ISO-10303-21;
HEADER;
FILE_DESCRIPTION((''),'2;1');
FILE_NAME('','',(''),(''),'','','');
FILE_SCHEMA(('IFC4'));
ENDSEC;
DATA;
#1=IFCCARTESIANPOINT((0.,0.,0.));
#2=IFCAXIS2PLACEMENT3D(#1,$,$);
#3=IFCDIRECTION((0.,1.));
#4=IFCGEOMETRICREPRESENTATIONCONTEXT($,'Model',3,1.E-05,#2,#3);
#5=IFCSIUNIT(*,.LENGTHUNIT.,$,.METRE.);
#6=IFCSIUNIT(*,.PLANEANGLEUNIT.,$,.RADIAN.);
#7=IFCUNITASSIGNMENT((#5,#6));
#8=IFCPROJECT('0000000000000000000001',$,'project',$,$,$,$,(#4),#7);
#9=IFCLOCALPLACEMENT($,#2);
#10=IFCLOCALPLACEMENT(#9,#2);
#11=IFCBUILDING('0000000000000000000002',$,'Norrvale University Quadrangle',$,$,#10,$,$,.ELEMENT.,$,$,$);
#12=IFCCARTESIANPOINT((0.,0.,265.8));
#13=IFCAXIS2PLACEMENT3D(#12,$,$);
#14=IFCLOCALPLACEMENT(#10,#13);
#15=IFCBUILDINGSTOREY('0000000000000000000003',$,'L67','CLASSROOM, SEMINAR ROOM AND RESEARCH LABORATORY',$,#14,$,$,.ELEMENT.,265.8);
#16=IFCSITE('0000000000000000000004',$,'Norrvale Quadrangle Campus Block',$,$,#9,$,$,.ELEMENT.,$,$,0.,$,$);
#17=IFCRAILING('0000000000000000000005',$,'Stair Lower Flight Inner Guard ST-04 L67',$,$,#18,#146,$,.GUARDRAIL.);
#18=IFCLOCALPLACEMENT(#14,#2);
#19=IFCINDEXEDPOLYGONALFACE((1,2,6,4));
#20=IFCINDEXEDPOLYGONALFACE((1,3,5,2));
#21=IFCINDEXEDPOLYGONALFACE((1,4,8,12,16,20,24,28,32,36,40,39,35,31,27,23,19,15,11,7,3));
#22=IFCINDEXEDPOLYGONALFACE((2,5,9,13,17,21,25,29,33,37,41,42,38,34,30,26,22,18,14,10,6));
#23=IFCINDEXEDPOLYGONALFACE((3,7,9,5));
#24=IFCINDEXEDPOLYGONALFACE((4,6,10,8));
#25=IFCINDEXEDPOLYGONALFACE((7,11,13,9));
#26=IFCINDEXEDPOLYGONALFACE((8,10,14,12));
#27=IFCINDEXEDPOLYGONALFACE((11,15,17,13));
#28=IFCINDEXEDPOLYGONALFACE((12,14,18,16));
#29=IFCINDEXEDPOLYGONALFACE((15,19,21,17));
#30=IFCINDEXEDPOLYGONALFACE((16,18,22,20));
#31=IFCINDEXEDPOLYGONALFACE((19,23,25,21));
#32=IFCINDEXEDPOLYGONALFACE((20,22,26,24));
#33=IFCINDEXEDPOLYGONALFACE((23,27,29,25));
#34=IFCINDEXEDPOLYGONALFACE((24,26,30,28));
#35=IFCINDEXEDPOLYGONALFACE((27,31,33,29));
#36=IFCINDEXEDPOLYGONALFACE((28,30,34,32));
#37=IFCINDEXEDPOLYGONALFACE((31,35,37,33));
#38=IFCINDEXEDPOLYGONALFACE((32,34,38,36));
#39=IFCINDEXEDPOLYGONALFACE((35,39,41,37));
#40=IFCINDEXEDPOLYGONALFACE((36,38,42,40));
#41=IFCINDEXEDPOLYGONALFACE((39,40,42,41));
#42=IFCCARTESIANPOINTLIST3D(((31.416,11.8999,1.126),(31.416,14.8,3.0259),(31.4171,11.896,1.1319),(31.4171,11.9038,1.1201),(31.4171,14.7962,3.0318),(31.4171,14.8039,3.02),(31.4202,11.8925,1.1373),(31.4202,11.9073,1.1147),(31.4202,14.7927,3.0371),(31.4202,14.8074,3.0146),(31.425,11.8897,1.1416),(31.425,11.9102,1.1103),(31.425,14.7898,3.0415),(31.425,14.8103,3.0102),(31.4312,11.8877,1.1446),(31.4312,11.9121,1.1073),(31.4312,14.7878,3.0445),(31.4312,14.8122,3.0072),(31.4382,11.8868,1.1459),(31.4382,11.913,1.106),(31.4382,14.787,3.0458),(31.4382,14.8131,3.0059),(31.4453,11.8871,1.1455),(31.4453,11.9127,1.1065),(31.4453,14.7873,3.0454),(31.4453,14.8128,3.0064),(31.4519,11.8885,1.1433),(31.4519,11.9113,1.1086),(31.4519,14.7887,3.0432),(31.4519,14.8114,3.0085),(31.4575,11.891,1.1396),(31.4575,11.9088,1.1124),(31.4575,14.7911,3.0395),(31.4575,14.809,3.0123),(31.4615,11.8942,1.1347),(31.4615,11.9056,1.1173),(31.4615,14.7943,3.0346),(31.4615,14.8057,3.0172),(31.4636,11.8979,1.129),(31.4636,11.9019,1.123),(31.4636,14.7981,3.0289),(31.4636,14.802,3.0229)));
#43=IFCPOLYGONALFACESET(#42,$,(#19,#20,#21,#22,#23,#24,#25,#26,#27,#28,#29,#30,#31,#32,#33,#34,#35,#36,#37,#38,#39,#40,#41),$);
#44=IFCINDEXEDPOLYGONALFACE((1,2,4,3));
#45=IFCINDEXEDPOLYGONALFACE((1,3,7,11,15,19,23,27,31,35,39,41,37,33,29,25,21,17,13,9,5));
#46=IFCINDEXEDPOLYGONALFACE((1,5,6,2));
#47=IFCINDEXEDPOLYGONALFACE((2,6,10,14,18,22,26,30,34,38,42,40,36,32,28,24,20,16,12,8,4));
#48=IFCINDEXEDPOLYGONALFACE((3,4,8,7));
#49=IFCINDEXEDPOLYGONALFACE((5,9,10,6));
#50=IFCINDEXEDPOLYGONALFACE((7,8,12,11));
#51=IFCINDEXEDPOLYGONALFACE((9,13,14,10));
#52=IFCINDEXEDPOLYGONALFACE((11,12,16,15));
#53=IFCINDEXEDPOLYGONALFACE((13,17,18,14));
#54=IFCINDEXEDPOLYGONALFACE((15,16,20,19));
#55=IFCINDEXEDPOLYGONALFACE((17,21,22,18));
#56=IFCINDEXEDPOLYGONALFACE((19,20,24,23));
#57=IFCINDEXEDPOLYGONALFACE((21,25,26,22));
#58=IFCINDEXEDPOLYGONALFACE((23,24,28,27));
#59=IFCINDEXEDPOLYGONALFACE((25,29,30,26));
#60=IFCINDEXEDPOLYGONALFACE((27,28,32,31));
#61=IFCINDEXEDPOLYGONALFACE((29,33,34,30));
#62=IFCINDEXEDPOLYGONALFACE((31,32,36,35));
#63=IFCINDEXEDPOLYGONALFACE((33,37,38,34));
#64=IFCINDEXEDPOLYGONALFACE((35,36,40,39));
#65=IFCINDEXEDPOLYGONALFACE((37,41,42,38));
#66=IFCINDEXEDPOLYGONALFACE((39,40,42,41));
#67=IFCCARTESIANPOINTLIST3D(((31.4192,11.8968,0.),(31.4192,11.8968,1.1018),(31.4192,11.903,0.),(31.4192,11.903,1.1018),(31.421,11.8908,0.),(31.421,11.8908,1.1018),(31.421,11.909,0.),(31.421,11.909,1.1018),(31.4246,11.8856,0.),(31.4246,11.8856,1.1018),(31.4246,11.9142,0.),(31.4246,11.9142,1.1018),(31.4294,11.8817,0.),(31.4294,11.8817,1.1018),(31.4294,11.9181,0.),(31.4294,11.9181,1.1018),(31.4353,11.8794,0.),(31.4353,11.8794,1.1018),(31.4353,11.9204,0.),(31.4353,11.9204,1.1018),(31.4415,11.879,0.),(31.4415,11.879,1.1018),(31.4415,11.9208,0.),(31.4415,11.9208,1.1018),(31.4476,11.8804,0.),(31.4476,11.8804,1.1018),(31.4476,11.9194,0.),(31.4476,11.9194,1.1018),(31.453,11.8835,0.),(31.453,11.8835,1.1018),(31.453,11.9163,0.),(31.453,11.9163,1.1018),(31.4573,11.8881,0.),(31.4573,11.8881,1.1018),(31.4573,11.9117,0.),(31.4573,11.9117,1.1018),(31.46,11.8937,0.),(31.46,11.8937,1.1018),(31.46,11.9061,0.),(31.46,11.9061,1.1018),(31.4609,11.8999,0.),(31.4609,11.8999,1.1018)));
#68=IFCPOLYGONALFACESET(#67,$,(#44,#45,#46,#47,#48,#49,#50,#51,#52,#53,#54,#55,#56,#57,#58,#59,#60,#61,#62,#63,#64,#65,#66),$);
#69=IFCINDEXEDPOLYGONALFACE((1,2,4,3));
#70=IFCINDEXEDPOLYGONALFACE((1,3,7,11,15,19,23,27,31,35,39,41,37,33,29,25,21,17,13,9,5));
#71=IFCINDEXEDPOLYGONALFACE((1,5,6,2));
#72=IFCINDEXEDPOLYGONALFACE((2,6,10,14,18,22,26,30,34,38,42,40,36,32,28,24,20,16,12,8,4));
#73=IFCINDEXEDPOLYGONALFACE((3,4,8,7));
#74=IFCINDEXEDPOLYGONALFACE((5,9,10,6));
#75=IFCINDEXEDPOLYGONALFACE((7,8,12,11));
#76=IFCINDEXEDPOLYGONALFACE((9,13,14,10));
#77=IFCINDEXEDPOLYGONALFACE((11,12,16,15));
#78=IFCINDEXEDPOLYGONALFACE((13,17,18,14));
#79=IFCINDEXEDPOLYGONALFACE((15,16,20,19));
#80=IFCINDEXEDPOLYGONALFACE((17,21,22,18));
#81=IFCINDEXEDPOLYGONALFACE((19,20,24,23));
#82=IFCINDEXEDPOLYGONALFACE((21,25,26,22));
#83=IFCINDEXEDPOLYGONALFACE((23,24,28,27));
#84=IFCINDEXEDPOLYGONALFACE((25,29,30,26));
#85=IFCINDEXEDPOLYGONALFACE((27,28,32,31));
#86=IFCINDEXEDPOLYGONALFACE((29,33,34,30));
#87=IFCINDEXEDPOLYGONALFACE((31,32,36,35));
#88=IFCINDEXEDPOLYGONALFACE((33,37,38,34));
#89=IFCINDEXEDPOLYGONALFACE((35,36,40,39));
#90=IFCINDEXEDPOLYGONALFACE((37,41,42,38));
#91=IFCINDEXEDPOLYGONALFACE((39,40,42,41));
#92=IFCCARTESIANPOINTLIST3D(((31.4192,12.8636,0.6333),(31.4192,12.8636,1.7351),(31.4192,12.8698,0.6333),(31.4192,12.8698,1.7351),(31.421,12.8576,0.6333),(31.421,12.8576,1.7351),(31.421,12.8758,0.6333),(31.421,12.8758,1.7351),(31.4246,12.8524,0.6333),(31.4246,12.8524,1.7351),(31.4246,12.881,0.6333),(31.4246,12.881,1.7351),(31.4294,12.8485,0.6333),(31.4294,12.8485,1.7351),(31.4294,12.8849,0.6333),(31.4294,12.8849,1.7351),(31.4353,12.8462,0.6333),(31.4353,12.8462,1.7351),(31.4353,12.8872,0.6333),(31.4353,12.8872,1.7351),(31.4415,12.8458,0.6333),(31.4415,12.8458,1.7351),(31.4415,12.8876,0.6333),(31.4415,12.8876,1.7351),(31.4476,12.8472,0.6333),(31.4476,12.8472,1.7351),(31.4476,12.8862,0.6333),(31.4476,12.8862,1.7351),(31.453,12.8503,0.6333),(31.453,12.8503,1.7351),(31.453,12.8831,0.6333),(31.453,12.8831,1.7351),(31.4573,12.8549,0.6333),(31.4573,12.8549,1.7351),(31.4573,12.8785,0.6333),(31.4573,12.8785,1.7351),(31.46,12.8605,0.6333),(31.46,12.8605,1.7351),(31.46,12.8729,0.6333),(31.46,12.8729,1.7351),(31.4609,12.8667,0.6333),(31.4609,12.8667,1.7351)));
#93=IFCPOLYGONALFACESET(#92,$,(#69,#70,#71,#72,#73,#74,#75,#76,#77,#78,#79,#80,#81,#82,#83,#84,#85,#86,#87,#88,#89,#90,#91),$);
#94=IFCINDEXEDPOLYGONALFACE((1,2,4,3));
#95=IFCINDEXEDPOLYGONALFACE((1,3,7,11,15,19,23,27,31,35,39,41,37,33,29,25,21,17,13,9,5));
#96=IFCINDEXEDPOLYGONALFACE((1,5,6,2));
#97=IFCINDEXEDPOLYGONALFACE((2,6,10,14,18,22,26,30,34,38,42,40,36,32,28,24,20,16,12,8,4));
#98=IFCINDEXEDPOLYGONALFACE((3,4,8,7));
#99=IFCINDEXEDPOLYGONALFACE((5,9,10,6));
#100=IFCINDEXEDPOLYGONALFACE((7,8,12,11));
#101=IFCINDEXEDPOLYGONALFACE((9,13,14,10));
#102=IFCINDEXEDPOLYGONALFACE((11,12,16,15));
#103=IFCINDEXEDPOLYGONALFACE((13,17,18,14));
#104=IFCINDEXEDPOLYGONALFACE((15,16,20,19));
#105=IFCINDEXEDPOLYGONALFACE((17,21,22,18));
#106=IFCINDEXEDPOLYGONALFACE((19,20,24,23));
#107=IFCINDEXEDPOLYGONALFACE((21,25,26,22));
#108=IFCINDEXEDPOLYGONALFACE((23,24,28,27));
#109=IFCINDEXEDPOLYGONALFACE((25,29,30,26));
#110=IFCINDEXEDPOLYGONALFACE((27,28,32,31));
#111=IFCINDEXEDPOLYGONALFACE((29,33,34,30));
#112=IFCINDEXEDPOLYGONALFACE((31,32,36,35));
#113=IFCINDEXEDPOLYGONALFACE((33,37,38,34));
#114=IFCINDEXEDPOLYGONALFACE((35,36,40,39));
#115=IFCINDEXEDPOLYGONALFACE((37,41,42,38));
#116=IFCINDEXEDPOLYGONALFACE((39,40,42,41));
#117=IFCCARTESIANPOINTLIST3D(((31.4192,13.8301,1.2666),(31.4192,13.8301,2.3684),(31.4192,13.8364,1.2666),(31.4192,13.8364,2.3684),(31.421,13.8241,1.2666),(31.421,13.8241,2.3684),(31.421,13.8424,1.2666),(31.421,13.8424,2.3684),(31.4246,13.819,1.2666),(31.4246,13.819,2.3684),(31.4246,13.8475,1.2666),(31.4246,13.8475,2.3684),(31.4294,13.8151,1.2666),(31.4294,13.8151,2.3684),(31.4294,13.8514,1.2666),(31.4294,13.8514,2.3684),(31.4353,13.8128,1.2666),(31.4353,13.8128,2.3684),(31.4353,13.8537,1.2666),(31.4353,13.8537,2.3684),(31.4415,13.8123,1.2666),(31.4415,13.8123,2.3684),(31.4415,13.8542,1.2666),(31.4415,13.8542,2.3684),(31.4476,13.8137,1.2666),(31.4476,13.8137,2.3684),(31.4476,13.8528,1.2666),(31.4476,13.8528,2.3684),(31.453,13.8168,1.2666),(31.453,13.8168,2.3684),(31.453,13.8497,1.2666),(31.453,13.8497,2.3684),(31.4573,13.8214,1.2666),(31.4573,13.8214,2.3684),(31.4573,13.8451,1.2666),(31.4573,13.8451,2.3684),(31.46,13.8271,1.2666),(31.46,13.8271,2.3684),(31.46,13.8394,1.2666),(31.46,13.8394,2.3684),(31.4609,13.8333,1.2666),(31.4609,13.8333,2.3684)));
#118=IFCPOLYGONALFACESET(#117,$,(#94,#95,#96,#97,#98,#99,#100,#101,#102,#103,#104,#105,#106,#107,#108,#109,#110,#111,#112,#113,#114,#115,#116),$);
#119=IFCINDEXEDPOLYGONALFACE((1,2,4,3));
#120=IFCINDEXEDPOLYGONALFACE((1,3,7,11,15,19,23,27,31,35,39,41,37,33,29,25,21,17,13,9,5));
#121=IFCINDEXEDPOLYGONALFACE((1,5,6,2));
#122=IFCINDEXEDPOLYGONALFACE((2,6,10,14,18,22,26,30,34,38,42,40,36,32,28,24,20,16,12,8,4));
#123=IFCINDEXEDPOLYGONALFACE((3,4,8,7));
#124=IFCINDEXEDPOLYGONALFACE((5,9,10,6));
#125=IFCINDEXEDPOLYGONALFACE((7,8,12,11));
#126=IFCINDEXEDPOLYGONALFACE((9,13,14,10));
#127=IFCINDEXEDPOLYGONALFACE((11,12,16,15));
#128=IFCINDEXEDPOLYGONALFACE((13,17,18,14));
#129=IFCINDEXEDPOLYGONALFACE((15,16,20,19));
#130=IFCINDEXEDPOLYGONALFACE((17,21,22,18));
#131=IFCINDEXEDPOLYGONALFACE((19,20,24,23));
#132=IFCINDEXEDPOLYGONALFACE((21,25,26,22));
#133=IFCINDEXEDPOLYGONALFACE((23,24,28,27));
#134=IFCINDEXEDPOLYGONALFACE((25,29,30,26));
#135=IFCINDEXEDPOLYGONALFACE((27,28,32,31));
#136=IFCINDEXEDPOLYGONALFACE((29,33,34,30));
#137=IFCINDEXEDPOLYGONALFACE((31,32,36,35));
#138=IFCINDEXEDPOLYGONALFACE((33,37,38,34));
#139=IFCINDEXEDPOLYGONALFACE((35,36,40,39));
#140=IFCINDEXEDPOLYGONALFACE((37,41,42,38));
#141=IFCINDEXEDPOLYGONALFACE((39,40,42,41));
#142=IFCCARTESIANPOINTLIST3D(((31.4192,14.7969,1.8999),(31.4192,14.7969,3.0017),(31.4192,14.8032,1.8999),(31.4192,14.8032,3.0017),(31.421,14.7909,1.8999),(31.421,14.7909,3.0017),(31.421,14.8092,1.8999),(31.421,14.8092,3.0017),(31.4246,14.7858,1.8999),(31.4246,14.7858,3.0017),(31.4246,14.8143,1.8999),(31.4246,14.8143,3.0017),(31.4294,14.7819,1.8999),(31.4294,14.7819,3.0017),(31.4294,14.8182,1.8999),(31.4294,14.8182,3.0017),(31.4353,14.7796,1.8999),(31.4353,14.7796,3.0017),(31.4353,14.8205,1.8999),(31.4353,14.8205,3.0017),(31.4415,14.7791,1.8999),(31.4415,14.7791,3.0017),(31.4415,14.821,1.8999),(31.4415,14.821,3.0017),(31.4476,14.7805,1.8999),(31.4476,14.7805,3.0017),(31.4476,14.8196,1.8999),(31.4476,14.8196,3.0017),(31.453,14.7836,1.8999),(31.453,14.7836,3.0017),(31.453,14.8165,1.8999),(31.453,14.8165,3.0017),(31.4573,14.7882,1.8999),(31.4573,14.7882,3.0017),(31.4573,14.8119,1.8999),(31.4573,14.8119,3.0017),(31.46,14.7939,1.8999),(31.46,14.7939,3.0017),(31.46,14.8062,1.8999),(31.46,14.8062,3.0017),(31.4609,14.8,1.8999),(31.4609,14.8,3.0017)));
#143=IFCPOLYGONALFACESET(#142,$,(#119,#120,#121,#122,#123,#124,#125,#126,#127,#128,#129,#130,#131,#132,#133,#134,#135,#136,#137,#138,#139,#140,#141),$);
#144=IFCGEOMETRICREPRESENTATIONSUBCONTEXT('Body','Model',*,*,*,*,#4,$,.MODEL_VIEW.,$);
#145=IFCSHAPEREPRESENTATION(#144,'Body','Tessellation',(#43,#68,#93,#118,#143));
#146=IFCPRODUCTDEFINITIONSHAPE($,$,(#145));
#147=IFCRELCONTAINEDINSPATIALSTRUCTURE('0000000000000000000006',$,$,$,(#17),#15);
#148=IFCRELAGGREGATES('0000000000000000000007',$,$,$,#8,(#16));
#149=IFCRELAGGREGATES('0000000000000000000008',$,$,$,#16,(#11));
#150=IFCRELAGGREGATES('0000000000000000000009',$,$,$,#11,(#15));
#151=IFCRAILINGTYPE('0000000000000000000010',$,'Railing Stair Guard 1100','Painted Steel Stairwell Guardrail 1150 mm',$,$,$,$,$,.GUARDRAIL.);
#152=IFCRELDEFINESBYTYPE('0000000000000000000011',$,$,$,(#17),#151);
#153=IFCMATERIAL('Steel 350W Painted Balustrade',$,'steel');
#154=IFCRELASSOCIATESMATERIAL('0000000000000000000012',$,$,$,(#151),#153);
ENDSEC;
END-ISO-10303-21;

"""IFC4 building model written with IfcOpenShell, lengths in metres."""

from ifc_helpers import new_model, si_unit, direction, frame, origin, origin_2d, place, context, subcontext, project, spatial, circle, extrude, material, type_object, element, save


model = new_model("IFC4")

# Units and contexts
model_context = context("Model", 3, precision=1e-05, world=origin(), true_north=direction((0.0, 1.0)))
body_context = subcontext(model_context, "Body", "Model", "MODEL_VIEW")
ifc_project = project(units=[si_unit("LENGTHUNIT", "METRE"), si_unit("PLANEANGLEUNIT", "RADIAN")], contexts=[model_context])

# Site, building, storey
site_placement = place(None, origin())
site = spatial("IfcSite", under=ifc_project, at=site_placement, Name="Norrvale Quadrangle Campus Block", CompositionType="ELEMENT", RefElevation=0.0)
building_placement = place(site_placement, origin())
building = spatial("IfcBuilding", under=site, at=building_placement, Name="Norrvale University Quadrangle", CompositionType="ELEMENT")
storey_placement = place(building_placement, frame((0.0, 0.0, 265.8)))
storey = spatial("IfcBuildingStorey", under=building, at=storey_placement, Name="L67", Description="CLASSROOM, SEMINAR ROOM AND RESEARCH LABORATORY", CompositionType="ELEMENT", Elevation=265.8)

# Railing
ifc_material_1 = material(Name="Steel 350W Painted Balustrade", Category="steel")
railing_type_1 = type_object("IfcRailingType", Name="Railing Stair Guard 1100", Description="Painted Steel Stairwell Guardrail 1150 mm", PredefinedType="GUARDRAIL", material=ifc_material_1)
railing_1_placement = place(storey_placement, frame((31.4399, 11.8999, 0.0)))
element("IfcRailing", 1, at=railing_1_placement, inside=storey, type_object=railing_type_1, Name="Stair Lower Flight Inner Guard ST-04 L67", PredefinedType="GUARDRAIL", context=body_context, shape_type="SweptSolid", body=[
    extrude(circle(Radius=0.0239, at=origin_2d()), frame((0.0, 0.0, 1.126), z_axis=(0.0, 0.836487, 0.547987), x_axis=(-1.0, 0.0, 0.0)), (0.0, 0.0, 1.0), 3.467),
    extrude(circle(Radius=0.021, at=origin_2d()), origin(), (0.0, 0.0, 1.0), 1.1018),
    extrude(circle(Radius=0.021, at=origin_2d()), frame((0.0, 0.9668, 0.6333)), (0.0, 0.0, 1.0), 1.1018),
    extrude(circle(Radius=0.021, at=origin_2d()), frame((0.0, 1.9333, 1.2666)), (0.0, 0.0, 1.0), 1.1018),
    extrude(circle(Radius=0.021, at=origin_2d()), frame((0.0, 2.9001, 1.8999)), (0.0, 0.0, 1.0), 1.1018),
])

save(model, "model.ifc")
